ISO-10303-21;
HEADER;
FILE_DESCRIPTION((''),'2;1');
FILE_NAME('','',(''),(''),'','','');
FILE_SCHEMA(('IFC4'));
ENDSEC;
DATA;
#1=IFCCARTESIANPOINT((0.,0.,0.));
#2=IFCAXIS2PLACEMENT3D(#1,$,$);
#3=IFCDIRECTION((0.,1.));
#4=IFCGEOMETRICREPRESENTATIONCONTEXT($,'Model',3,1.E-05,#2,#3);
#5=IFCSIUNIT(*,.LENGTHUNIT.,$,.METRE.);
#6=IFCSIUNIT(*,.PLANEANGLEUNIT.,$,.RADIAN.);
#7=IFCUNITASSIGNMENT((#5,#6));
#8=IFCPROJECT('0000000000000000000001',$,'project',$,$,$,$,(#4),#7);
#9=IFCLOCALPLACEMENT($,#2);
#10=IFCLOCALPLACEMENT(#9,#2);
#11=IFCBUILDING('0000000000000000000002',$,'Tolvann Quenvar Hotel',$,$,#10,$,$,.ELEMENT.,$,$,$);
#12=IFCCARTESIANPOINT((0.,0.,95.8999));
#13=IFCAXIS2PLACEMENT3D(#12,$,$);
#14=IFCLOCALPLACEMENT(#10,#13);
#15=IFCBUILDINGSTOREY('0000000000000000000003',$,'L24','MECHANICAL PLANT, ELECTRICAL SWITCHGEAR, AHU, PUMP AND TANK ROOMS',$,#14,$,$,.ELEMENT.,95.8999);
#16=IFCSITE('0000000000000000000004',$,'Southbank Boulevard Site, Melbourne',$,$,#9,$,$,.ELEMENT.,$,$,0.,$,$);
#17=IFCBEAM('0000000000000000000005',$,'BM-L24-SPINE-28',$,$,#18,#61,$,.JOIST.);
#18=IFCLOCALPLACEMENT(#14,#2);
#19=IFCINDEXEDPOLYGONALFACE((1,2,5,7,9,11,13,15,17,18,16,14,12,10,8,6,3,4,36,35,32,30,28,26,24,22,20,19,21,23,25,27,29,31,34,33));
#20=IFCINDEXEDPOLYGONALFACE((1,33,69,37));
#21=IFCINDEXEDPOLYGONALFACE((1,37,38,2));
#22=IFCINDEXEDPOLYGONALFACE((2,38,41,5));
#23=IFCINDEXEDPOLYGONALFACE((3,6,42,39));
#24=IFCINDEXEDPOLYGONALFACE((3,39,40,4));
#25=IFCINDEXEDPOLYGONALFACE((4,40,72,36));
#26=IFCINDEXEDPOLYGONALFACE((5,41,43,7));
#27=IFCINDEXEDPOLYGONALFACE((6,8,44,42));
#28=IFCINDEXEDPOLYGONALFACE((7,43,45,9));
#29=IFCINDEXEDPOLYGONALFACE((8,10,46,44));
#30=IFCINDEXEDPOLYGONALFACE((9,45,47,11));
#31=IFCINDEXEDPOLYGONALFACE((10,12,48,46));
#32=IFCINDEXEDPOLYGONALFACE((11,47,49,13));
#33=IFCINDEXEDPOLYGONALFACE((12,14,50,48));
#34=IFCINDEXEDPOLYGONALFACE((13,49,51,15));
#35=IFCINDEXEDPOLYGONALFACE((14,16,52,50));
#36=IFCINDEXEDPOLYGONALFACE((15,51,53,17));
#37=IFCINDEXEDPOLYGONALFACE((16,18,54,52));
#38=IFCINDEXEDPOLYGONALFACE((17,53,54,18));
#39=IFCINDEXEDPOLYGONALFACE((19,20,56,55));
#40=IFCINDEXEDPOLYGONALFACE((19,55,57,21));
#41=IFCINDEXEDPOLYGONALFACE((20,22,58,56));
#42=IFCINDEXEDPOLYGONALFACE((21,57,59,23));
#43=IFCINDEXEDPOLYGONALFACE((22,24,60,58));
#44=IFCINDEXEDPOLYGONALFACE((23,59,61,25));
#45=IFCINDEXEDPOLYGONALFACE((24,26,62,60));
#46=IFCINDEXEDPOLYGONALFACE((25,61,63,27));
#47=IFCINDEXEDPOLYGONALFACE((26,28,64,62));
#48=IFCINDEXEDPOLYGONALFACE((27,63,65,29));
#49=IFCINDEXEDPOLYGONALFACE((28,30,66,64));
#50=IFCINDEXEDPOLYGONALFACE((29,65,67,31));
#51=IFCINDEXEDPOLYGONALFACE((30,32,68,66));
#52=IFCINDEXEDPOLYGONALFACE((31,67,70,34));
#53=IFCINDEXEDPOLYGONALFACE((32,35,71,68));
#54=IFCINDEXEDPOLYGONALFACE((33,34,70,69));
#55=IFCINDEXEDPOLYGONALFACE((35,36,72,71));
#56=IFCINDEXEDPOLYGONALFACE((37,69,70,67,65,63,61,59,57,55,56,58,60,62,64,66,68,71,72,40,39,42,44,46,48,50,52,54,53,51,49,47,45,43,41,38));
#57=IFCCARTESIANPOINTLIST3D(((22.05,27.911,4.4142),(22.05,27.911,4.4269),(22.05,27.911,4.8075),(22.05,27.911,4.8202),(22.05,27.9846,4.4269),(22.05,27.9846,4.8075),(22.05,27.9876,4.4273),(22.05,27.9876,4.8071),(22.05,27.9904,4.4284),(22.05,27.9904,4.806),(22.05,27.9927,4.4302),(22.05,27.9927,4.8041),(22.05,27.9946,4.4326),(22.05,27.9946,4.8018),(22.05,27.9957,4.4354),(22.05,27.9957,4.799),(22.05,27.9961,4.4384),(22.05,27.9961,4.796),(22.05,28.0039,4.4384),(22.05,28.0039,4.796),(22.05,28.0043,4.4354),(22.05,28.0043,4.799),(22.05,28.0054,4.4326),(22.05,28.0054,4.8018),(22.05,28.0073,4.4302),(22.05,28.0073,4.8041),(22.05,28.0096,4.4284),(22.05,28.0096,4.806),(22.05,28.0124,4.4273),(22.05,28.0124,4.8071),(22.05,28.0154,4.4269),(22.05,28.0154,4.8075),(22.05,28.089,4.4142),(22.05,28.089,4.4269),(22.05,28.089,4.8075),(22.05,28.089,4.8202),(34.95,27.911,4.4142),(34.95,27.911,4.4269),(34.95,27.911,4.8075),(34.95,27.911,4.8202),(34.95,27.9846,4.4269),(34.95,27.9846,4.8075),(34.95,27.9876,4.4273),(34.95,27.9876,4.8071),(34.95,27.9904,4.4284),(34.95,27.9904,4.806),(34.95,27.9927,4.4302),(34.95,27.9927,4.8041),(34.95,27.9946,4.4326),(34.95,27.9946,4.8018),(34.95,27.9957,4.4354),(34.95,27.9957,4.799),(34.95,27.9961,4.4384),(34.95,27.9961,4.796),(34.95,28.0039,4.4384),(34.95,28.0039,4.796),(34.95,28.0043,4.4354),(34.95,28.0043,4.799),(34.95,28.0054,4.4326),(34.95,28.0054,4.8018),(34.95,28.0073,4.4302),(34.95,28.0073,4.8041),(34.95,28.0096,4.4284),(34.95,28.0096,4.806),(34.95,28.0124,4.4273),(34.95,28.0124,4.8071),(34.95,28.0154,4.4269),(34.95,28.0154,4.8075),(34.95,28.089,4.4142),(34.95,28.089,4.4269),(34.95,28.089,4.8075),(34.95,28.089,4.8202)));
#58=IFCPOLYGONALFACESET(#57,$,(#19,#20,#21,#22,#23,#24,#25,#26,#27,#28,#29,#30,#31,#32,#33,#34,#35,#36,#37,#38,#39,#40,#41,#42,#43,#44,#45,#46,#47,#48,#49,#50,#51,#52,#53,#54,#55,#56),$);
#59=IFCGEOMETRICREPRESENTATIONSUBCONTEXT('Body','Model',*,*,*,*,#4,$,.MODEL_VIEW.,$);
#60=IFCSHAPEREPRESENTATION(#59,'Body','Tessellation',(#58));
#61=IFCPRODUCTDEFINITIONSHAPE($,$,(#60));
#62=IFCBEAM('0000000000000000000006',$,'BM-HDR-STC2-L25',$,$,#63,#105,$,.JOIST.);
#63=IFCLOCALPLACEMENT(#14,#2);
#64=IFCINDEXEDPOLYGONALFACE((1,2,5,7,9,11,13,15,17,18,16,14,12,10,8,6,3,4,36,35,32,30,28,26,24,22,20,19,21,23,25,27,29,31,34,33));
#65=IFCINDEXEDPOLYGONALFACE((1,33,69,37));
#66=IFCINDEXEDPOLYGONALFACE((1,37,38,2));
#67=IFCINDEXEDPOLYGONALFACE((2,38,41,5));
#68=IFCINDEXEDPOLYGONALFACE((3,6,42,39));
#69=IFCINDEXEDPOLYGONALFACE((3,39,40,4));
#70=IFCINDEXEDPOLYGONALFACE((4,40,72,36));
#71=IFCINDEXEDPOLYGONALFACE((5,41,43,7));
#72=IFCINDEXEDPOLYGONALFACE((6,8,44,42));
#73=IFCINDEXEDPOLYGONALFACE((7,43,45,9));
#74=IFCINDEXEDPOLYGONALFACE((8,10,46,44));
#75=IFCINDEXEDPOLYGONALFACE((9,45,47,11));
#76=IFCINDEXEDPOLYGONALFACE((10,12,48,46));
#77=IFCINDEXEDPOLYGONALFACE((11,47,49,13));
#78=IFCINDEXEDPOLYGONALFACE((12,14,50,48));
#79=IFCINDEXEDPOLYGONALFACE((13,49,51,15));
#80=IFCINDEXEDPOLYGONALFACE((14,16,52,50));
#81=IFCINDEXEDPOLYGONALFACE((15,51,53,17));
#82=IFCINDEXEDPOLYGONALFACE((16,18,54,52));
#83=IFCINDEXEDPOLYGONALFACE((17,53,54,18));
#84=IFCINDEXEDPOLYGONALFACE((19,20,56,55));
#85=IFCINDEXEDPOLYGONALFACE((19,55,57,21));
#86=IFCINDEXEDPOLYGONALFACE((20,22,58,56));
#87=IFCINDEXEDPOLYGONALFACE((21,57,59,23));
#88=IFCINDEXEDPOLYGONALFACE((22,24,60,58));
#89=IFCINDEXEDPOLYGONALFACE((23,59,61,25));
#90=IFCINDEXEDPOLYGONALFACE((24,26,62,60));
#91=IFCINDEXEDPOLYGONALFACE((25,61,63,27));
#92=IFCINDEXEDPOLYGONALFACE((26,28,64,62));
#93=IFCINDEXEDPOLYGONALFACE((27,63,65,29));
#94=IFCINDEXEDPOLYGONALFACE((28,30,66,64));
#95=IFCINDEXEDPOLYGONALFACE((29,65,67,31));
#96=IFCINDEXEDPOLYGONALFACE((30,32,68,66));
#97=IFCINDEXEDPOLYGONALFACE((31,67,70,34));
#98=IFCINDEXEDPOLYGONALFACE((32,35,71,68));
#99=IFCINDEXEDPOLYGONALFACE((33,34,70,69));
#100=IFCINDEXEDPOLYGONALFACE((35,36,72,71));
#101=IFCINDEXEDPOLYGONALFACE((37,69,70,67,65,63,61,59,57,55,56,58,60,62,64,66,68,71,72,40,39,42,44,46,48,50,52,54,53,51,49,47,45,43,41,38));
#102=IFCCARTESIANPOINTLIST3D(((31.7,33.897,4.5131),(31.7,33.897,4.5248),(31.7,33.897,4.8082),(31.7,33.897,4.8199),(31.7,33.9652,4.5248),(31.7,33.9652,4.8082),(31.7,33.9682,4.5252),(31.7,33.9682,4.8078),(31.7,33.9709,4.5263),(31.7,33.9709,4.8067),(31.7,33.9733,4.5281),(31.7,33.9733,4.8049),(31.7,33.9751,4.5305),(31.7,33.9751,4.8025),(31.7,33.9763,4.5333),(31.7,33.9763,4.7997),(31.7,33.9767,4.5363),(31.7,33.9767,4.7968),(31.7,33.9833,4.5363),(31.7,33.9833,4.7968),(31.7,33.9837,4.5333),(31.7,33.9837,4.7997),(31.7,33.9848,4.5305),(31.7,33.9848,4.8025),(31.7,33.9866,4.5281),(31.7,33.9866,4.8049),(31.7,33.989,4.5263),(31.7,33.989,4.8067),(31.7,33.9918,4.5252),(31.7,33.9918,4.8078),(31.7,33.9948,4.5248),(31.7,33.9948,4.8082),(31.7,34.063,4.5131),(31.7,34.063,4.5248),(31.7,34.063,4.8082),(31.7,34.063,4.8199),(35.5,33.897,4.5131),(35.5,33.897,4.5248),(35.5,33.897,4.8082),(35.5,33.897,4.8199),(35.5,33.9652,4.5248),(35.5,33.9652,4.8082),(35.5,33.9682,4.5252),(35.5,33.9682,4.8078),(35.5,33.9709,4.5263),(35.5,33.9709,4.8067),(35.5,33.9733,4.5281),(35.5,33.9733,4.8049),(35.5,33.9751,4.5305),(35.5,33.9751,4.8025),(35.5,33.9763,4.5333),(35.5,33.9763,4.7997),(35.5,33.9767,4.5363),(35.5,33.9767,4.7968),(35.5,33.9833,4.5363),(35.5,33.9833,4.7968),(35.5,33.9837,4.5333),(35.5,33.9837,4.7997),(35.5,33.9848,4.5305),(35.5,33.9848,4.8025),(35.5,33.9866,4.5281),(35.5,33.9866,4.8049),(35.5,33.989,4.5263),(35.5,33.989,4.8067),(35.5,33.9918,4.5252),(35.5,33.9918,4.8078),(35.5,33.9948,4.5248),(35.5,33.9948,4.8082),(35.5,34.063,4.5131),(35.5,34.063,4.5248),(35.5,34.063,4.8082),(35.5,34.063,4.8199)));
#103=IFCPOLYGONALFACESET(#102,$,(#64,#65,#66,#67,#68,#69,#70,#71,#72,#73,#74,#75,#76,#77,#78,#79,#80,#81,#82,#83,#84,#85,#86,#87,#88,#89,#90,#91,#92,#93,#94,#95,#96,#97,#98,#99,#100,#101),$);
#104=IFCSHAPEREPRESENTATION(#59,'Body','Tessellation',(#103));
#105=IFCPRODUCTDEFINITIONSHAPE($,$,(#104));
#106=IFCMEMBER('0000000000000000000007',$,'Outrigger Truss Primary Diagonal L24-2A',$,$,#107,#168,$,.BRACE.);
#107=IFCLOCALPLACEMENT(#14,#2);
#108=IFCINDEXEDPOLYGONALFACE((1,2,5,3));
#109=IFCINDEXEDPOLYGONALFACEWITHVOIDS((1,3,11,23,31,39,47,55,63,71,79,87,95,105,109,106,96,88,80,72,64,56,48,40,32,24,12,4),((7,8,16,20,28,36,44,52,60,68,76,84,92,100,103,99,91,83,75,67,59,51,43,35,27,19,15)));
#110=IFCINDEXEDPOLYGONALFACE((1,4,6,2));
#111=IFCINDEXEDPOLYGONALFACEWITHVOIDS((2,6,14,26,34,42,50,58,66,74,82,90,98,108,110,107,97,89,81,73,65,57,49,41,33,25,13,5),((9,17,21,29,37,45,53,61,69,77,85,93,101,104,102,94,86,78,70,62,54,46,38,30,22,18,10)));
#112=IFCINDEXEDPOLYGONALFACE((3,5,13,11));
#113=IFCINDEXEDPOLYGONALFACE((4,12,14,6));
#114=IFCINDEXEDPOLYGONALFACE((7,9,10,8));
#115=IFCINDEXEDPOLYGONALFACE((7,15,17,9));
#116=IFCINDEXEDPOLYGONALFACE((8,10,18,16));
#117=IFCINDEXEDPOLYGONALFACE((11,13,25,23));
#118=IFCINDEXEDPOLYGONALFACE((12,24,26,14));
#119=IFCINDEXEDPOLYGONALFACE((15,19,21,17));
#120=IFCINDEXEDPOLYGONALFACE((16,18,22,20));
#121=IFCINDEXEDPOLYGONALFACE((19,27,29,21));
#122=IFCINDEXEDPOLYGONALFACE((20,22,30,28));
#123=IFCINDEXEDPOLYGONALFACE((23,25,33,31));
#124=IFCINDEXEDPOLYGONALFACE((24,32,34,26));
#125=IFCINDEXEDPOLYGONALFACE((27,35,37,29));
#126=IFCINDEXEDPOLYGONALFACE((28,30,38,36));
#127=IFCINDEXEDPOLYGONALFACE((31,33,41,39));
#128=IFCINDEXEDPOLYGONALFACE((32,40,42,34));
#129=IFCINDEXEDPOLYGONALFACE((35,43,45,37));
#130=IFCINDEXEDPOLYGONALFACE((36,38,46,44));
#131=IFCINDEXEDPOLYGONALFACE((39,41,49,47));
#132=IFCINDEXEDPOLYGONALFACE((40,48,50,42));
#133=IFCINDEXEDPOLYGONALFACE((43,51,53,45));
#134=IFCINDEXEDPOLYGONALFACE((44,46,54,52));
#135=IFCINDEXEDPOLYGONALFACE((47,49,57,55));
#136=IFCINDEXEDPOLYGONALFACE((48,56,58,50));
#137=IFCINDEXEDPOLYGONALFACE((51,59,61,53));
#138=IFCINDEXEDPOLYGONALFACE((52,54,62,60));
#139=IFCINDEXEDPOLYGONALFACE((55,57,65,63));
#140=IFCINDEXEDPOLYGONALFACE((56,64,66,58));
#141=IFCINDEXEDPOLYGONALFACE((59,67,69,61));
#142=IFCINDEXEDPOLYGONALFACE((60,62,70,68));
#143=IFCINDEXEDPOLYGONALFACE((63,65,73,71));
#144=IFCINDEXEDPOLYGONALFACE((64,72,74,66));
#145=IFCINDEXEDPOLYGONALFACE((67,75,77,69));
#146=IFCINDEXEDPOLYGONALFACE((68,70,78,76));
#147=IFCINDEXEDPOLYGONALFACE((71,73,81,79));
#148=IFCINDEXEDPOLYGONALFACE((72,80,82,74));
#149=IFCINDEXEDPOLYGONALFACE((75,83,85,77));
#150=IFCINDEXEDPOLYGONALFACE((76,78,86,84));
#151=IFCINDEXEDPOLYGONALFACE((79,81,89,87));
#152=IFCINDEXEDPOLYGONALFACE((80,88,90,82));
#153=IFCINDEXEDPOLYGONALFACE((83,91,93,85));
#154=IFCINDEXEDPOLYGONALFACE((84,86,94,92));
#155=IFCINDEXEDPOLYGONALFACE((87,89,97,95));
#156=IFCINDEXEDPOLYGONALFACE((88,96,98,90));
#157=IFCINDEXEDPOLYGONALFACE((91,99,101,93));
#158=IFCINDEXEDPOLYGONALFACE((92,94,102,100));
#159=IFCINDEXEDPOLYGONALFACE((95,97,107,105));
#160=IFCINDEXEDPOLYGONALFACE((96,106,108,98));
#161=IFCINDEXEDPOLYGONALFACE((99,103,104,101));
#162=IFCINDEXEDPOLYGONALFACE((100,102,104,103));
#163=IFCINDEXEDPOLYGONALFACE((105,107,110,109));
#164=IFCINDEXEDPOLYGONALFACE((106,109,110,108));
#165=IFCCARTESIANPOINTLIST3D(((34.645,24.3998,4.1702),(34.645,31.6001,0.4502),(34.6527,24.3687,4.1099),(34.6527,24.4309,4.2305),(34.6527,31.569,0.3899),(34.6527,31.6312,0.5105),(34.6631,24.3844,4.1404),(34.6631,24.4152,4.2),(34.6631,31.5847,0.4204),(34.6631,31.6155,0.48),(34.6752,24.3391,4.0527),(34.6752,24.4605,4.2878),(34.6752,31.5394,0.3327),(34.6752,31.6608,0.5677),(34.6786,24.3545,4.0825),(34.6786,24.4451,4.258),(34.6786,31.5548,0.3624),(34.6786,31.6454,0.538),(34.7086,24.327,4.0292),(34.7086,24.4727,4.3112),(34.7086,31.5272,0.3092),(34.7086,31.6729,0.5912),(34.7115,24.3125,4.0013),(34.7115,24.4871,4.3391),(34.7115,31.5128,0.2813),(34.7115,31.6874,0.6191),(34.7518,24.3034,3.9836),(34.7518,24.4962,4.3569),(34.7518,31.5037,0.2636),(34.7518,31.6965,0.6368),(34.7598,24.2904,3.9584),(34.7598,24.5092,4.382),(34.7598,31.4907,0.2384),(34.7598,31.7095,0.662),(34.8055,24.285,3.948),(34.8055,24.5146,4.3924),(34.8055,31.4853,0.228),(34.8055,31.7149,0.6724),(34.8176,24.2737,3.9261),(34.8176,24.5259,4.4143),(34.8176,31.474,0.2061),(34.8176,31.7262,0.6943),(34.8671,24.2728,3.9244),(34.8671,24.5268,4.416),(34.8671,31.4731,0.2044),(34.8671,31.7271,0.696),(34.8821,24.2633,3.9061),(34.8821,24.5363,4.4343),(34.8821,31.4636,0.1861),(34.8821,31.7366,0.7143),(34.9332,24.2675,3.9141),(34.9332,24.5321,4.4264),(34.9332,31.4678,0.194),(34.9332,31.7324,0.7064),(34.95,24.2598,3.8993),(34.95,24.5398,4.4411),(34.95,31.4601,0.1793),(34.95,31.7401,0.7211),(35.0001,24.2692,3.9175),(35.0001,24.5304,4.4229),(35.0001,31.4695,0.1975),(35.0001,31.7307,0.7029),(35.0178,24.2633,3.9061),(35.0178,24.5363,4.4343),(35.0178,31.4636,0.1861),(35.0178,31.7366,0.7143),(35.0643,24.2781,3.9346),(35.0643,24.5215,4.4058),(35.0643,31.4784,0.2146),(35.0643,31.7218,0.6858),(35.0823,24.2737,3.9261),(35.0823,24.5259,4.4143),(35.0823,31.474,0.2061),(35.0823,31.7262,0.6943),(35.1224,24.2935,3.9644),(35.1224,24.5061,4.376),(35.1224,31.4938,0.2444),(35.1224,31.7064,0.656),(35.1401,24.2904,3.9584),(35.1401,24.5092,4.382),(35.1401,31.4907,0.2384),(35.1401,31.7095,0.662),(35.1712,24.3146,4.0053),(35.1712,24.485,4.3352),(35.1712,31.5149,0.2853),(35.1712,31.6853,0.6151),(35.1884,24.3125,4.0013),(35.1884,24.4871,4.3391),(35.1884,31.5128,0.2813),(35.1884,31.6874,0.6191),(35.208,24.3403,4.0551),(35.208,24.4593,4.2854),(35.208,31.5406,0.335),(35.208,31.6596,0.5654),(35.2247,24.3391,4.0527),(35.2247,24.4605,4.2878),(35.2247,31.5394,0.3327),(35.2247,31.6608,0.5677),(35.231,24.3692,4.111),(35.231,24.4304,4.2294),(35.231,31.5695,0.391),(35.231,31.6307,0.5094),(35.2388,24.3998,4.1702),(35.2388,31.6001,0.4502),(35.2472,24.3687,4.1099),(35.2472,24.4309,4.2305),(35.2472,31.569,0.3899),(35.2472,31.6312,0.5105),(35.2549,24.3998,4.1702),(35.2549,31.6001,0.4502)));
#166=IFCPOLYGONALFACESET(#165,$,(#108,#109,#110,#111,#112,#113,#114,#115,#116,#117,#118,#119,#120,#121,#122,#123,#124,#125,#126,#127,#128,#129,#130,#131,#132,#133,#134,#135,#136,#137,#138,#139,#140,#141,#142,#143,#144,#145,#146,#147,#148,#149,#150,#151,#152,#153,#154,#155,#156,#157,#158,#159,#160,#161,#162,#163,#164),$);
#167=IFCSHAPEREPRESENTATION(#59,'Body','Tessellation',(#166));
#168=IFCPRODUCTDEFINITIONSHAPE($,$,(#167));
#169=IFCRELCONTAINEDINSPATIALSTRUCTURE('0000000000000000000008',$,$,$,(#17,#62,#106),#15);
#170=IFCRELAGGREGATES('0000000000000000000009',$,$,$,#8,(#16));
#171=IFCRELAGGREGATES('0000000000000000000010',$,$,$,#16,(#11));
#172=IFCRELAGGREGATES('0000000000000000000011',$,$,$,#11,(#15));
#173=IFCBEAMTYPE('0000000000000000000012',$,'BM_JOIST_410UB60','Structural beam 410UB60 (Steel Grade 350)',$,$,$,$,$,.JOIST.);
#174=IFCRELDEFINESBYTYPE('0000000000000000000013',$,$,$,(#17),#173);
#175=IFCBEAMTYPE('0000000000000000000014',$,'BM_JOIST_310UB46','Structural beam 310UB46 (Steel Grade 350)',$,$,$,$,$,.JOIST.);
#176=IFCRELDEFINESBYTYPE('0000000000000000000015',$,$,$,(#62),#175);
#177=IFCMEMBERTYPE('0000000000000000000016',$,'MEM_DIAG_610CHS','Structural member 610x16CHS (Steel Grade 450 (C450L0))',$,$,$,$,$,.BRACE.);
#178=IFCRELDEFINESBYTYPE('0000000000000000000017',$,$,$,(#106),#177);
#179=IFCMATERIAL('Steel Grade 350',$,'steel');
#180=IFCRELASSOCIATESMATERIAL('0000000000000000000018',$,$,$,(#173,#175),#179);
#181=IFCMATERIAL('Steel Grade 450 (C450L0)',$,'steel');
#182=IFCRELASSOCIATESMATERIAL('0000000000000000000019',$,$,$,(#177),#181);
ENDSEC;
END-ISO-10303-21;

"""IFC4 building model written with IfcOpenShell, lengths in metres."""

from ifc_helpers import new_model, si_unit, direction, frame, origin, origin_2d, place, context, subcontext, project, spatial, hollow_circle, i_section, extrude, source, transform, mapped, material, material_profile, profile_set, type_object, type_shapes, element, save


model = new_model("IFC4")

# Units and contexts
model_context = context("Model", 3, precision=1e-05, world=origin(), true_north=direction((0.0, 1.0)))
body_context = subcontext(model_context, "Body", "Model", "MODEL_VIEW")
ifc_project = project(units=[si_unit("LENGTHUNIT", "METRE"), si_unit("PLANEANGLEUNIT", "RADIAN")], contexts=[model_context])

# Site, building, storey
site_placement = place(None, origin())
site = spatial("IfcSite", under=ifc_project, at=site_placement, Name="Southbank Boulevard Site, Melbourne", CompositionType="ELEMENT", RefElevation=0.0)
building_placement = place(site_placement, origin())
building = spatial("IfcBuilding", under=site, at=building_placement, Name="Tolvann Quenvar Hotel", CompositionType="ELEMENT")
storey_placement = place(building_placement, frame((0.0, 0.0, 95.8999)))
storey = spatial("IfcBuildingStorey", under=building, at=storey_placement, Name="L24", Description="MECHANICAL PLANT, ELECTRICAL SWITCHGEAR, AHU, PUMP AND TANK ROOMS", CompositionType="ELEMENT", Elevation=95.8999)

# Beams
ifc_material_1 = material(Name="Steel Grade 350", Category="steel")
ifc_material_profile_1 = material_profile(ifc_material_1, i_section(OverallWidth=0.178, OverallDepth=0.406, WebThickness=0.0078, FlangeThickness=0.0127, FilletRadius=0.0115, at=origin_2d()), Name="410UB60")
ifc_profile_set_1 = profile_set([ifc_material_profile_1], Name="Steel Grade 350")
beam_type_1 = type_object("IfcBeamType", Name="BM_JOIST_410UB60", Description="Structural beam 410UB60 (Steel Grade 350)", PredefinedType="JOIST", material=ifc_profile_set_1)
shared_shape_1 = source(origin(), body_context, "Body", "SweptSolid", [
    extrude(i_section(OverallWidth=0.178, OverallDepth=0.406, WebThickness=0.0078, FlangeThickness=0.0127, FilletRadius=0.0115, at=origin_2d()), origin(), (0.0, 0.0, 1.0), 12.8999),
])
type_shapes(beam_type_1, [shared_shape_1])
beam_1_placement = place(storey_placement, frame((22.05, 28.0, 4.6172), z_axis=(1.0, 0.0, 0.0), x_axis=(0.0, 1.0, 0.0)))
element("IfcBeam", 1, at=beam_1_placement, inside=storey, type_object=beam_type_1, Name="BM-L24-SPINE-28", PredefinedType="JOIST", context=body_context, shape_type="MappedRepresentation", body=[
    mapped(shared_shape_1, transform((0.0, 0.0, 0.0), x_axis=(1.0, 0.0, 0.0), y_axis=(0.0, 1.0, 0.0), z_axis=(0.0, 0.0, 1.0), scale=1.0)),
])
ifc_material_profile_2 = material_profile(ifc_material_1, i_section(OverallWidth=0.166, OverallDepth=0.3069, WebThickness=0.0066, FlangeThickness=0.0117, FilletRadius=0.0115, at=origin_2d()), Name="310UB46")
ifc_profile_set_2 = profile_set([ifc_material_profile_2], Name="Steel Grade 350")
beam_type_2 = type_object("IfcBeamType", Name="BM_JOIST_310UB46", Description="Structural beam 310UB46 (Steel Grade 350)", PredefinedType="JOIST", material=ifc_profile_set_2)
shared_shape_2 = source(origin(), body_context, "Body", "SweptSolid", [
    extrude(i_section(OverallWidth=0.166, OverallDepth=0.3069, WebThickness=0.0066, FlangeThickness=0.0117, FilletRadius=0.0115, at=origin_2d()), origin(), (0.0, 0.0, 1.0), 3.8),
])
type_shapes(beam_type_2, [shared_shape_2])
beam_2_placement = place(storey_placement, frame((31.7, 33.98, 4.6665), z_axis=(1.0, 0.0, 0.0), x_axis=(0.0, 1.0, 0.0)))
element("IfcBeam", 2, at=beam_2_placement, inside=storey, type_object=beam_type_2, Name="BM-HDR-STC2-L25", PredefinedType="JOIST", context=body_context, shape_type="MappedRepresentation", body=[
    mapped(shared_shape_2, transform((0.0, 0.0, 0.0), x_axis=(1.0, 0.0, 0.0), y_axis=(0.0, 1.0, 0.0), z_axis=(0.0, 0.0, 1.0), scale=1.0)),
])

# Member
ifc_material_2 = material(Name="Steel Grade 450 (C450L0)", Category="steel")
ifc_material_profile_3 = material_profile(ifc_material_2, hollow_circle(Radius=0.3049, WallThickness=0.0161, at=origin_2d()), Name="610x16CHS")
ifc_profile_set_3 = profile_set([ifc_material_profile_3], Name="Steel Grade 450 (C450L0)")
member_type_1 = type_object("IfcMemberType", Name="MEM_DIAG_610CHS", Description="Structural member 610x16CHS (Steel Grade 450 (C450L0))", PredefinedType="BRACE", material=ifc_profile_set_3)
shared_shape_3 = source(origin(), body_context, "Body", "SweptSolid", [
    extrude(hollow_circle(Radius=0.3049, WallThickness=0.0161, at=origin_2d()), origin(), (0.0, 0.0, 1.0), 8.1045),
])
member_1_placement = place(storey_placement, frame((34.95, 31.6001, 0.4502), z_axis=(0.0, -0.888432, 0.459007), x_axis=(1.0, 0.0, 0.0)))
element("IfcMember", 3, at=member_1_placement, inside=storey, type_object=member_type_1, Name="Outrigger Truss Primary Diagonal L24-2A", PredefinedType="BRACE", context=body_context, shape_type="MappedRepresentation", body=[
    mapped(shared_shape_3, transform((0.0, 0.0, 0.0), x_axis=(1.0, 0.0, 0.0), y_axis=(0.0, 1.0, 0.0), z_axis=(0.0, 0.0, 1.0), scale=1.0)),
])

save(model, "model.ifc")
